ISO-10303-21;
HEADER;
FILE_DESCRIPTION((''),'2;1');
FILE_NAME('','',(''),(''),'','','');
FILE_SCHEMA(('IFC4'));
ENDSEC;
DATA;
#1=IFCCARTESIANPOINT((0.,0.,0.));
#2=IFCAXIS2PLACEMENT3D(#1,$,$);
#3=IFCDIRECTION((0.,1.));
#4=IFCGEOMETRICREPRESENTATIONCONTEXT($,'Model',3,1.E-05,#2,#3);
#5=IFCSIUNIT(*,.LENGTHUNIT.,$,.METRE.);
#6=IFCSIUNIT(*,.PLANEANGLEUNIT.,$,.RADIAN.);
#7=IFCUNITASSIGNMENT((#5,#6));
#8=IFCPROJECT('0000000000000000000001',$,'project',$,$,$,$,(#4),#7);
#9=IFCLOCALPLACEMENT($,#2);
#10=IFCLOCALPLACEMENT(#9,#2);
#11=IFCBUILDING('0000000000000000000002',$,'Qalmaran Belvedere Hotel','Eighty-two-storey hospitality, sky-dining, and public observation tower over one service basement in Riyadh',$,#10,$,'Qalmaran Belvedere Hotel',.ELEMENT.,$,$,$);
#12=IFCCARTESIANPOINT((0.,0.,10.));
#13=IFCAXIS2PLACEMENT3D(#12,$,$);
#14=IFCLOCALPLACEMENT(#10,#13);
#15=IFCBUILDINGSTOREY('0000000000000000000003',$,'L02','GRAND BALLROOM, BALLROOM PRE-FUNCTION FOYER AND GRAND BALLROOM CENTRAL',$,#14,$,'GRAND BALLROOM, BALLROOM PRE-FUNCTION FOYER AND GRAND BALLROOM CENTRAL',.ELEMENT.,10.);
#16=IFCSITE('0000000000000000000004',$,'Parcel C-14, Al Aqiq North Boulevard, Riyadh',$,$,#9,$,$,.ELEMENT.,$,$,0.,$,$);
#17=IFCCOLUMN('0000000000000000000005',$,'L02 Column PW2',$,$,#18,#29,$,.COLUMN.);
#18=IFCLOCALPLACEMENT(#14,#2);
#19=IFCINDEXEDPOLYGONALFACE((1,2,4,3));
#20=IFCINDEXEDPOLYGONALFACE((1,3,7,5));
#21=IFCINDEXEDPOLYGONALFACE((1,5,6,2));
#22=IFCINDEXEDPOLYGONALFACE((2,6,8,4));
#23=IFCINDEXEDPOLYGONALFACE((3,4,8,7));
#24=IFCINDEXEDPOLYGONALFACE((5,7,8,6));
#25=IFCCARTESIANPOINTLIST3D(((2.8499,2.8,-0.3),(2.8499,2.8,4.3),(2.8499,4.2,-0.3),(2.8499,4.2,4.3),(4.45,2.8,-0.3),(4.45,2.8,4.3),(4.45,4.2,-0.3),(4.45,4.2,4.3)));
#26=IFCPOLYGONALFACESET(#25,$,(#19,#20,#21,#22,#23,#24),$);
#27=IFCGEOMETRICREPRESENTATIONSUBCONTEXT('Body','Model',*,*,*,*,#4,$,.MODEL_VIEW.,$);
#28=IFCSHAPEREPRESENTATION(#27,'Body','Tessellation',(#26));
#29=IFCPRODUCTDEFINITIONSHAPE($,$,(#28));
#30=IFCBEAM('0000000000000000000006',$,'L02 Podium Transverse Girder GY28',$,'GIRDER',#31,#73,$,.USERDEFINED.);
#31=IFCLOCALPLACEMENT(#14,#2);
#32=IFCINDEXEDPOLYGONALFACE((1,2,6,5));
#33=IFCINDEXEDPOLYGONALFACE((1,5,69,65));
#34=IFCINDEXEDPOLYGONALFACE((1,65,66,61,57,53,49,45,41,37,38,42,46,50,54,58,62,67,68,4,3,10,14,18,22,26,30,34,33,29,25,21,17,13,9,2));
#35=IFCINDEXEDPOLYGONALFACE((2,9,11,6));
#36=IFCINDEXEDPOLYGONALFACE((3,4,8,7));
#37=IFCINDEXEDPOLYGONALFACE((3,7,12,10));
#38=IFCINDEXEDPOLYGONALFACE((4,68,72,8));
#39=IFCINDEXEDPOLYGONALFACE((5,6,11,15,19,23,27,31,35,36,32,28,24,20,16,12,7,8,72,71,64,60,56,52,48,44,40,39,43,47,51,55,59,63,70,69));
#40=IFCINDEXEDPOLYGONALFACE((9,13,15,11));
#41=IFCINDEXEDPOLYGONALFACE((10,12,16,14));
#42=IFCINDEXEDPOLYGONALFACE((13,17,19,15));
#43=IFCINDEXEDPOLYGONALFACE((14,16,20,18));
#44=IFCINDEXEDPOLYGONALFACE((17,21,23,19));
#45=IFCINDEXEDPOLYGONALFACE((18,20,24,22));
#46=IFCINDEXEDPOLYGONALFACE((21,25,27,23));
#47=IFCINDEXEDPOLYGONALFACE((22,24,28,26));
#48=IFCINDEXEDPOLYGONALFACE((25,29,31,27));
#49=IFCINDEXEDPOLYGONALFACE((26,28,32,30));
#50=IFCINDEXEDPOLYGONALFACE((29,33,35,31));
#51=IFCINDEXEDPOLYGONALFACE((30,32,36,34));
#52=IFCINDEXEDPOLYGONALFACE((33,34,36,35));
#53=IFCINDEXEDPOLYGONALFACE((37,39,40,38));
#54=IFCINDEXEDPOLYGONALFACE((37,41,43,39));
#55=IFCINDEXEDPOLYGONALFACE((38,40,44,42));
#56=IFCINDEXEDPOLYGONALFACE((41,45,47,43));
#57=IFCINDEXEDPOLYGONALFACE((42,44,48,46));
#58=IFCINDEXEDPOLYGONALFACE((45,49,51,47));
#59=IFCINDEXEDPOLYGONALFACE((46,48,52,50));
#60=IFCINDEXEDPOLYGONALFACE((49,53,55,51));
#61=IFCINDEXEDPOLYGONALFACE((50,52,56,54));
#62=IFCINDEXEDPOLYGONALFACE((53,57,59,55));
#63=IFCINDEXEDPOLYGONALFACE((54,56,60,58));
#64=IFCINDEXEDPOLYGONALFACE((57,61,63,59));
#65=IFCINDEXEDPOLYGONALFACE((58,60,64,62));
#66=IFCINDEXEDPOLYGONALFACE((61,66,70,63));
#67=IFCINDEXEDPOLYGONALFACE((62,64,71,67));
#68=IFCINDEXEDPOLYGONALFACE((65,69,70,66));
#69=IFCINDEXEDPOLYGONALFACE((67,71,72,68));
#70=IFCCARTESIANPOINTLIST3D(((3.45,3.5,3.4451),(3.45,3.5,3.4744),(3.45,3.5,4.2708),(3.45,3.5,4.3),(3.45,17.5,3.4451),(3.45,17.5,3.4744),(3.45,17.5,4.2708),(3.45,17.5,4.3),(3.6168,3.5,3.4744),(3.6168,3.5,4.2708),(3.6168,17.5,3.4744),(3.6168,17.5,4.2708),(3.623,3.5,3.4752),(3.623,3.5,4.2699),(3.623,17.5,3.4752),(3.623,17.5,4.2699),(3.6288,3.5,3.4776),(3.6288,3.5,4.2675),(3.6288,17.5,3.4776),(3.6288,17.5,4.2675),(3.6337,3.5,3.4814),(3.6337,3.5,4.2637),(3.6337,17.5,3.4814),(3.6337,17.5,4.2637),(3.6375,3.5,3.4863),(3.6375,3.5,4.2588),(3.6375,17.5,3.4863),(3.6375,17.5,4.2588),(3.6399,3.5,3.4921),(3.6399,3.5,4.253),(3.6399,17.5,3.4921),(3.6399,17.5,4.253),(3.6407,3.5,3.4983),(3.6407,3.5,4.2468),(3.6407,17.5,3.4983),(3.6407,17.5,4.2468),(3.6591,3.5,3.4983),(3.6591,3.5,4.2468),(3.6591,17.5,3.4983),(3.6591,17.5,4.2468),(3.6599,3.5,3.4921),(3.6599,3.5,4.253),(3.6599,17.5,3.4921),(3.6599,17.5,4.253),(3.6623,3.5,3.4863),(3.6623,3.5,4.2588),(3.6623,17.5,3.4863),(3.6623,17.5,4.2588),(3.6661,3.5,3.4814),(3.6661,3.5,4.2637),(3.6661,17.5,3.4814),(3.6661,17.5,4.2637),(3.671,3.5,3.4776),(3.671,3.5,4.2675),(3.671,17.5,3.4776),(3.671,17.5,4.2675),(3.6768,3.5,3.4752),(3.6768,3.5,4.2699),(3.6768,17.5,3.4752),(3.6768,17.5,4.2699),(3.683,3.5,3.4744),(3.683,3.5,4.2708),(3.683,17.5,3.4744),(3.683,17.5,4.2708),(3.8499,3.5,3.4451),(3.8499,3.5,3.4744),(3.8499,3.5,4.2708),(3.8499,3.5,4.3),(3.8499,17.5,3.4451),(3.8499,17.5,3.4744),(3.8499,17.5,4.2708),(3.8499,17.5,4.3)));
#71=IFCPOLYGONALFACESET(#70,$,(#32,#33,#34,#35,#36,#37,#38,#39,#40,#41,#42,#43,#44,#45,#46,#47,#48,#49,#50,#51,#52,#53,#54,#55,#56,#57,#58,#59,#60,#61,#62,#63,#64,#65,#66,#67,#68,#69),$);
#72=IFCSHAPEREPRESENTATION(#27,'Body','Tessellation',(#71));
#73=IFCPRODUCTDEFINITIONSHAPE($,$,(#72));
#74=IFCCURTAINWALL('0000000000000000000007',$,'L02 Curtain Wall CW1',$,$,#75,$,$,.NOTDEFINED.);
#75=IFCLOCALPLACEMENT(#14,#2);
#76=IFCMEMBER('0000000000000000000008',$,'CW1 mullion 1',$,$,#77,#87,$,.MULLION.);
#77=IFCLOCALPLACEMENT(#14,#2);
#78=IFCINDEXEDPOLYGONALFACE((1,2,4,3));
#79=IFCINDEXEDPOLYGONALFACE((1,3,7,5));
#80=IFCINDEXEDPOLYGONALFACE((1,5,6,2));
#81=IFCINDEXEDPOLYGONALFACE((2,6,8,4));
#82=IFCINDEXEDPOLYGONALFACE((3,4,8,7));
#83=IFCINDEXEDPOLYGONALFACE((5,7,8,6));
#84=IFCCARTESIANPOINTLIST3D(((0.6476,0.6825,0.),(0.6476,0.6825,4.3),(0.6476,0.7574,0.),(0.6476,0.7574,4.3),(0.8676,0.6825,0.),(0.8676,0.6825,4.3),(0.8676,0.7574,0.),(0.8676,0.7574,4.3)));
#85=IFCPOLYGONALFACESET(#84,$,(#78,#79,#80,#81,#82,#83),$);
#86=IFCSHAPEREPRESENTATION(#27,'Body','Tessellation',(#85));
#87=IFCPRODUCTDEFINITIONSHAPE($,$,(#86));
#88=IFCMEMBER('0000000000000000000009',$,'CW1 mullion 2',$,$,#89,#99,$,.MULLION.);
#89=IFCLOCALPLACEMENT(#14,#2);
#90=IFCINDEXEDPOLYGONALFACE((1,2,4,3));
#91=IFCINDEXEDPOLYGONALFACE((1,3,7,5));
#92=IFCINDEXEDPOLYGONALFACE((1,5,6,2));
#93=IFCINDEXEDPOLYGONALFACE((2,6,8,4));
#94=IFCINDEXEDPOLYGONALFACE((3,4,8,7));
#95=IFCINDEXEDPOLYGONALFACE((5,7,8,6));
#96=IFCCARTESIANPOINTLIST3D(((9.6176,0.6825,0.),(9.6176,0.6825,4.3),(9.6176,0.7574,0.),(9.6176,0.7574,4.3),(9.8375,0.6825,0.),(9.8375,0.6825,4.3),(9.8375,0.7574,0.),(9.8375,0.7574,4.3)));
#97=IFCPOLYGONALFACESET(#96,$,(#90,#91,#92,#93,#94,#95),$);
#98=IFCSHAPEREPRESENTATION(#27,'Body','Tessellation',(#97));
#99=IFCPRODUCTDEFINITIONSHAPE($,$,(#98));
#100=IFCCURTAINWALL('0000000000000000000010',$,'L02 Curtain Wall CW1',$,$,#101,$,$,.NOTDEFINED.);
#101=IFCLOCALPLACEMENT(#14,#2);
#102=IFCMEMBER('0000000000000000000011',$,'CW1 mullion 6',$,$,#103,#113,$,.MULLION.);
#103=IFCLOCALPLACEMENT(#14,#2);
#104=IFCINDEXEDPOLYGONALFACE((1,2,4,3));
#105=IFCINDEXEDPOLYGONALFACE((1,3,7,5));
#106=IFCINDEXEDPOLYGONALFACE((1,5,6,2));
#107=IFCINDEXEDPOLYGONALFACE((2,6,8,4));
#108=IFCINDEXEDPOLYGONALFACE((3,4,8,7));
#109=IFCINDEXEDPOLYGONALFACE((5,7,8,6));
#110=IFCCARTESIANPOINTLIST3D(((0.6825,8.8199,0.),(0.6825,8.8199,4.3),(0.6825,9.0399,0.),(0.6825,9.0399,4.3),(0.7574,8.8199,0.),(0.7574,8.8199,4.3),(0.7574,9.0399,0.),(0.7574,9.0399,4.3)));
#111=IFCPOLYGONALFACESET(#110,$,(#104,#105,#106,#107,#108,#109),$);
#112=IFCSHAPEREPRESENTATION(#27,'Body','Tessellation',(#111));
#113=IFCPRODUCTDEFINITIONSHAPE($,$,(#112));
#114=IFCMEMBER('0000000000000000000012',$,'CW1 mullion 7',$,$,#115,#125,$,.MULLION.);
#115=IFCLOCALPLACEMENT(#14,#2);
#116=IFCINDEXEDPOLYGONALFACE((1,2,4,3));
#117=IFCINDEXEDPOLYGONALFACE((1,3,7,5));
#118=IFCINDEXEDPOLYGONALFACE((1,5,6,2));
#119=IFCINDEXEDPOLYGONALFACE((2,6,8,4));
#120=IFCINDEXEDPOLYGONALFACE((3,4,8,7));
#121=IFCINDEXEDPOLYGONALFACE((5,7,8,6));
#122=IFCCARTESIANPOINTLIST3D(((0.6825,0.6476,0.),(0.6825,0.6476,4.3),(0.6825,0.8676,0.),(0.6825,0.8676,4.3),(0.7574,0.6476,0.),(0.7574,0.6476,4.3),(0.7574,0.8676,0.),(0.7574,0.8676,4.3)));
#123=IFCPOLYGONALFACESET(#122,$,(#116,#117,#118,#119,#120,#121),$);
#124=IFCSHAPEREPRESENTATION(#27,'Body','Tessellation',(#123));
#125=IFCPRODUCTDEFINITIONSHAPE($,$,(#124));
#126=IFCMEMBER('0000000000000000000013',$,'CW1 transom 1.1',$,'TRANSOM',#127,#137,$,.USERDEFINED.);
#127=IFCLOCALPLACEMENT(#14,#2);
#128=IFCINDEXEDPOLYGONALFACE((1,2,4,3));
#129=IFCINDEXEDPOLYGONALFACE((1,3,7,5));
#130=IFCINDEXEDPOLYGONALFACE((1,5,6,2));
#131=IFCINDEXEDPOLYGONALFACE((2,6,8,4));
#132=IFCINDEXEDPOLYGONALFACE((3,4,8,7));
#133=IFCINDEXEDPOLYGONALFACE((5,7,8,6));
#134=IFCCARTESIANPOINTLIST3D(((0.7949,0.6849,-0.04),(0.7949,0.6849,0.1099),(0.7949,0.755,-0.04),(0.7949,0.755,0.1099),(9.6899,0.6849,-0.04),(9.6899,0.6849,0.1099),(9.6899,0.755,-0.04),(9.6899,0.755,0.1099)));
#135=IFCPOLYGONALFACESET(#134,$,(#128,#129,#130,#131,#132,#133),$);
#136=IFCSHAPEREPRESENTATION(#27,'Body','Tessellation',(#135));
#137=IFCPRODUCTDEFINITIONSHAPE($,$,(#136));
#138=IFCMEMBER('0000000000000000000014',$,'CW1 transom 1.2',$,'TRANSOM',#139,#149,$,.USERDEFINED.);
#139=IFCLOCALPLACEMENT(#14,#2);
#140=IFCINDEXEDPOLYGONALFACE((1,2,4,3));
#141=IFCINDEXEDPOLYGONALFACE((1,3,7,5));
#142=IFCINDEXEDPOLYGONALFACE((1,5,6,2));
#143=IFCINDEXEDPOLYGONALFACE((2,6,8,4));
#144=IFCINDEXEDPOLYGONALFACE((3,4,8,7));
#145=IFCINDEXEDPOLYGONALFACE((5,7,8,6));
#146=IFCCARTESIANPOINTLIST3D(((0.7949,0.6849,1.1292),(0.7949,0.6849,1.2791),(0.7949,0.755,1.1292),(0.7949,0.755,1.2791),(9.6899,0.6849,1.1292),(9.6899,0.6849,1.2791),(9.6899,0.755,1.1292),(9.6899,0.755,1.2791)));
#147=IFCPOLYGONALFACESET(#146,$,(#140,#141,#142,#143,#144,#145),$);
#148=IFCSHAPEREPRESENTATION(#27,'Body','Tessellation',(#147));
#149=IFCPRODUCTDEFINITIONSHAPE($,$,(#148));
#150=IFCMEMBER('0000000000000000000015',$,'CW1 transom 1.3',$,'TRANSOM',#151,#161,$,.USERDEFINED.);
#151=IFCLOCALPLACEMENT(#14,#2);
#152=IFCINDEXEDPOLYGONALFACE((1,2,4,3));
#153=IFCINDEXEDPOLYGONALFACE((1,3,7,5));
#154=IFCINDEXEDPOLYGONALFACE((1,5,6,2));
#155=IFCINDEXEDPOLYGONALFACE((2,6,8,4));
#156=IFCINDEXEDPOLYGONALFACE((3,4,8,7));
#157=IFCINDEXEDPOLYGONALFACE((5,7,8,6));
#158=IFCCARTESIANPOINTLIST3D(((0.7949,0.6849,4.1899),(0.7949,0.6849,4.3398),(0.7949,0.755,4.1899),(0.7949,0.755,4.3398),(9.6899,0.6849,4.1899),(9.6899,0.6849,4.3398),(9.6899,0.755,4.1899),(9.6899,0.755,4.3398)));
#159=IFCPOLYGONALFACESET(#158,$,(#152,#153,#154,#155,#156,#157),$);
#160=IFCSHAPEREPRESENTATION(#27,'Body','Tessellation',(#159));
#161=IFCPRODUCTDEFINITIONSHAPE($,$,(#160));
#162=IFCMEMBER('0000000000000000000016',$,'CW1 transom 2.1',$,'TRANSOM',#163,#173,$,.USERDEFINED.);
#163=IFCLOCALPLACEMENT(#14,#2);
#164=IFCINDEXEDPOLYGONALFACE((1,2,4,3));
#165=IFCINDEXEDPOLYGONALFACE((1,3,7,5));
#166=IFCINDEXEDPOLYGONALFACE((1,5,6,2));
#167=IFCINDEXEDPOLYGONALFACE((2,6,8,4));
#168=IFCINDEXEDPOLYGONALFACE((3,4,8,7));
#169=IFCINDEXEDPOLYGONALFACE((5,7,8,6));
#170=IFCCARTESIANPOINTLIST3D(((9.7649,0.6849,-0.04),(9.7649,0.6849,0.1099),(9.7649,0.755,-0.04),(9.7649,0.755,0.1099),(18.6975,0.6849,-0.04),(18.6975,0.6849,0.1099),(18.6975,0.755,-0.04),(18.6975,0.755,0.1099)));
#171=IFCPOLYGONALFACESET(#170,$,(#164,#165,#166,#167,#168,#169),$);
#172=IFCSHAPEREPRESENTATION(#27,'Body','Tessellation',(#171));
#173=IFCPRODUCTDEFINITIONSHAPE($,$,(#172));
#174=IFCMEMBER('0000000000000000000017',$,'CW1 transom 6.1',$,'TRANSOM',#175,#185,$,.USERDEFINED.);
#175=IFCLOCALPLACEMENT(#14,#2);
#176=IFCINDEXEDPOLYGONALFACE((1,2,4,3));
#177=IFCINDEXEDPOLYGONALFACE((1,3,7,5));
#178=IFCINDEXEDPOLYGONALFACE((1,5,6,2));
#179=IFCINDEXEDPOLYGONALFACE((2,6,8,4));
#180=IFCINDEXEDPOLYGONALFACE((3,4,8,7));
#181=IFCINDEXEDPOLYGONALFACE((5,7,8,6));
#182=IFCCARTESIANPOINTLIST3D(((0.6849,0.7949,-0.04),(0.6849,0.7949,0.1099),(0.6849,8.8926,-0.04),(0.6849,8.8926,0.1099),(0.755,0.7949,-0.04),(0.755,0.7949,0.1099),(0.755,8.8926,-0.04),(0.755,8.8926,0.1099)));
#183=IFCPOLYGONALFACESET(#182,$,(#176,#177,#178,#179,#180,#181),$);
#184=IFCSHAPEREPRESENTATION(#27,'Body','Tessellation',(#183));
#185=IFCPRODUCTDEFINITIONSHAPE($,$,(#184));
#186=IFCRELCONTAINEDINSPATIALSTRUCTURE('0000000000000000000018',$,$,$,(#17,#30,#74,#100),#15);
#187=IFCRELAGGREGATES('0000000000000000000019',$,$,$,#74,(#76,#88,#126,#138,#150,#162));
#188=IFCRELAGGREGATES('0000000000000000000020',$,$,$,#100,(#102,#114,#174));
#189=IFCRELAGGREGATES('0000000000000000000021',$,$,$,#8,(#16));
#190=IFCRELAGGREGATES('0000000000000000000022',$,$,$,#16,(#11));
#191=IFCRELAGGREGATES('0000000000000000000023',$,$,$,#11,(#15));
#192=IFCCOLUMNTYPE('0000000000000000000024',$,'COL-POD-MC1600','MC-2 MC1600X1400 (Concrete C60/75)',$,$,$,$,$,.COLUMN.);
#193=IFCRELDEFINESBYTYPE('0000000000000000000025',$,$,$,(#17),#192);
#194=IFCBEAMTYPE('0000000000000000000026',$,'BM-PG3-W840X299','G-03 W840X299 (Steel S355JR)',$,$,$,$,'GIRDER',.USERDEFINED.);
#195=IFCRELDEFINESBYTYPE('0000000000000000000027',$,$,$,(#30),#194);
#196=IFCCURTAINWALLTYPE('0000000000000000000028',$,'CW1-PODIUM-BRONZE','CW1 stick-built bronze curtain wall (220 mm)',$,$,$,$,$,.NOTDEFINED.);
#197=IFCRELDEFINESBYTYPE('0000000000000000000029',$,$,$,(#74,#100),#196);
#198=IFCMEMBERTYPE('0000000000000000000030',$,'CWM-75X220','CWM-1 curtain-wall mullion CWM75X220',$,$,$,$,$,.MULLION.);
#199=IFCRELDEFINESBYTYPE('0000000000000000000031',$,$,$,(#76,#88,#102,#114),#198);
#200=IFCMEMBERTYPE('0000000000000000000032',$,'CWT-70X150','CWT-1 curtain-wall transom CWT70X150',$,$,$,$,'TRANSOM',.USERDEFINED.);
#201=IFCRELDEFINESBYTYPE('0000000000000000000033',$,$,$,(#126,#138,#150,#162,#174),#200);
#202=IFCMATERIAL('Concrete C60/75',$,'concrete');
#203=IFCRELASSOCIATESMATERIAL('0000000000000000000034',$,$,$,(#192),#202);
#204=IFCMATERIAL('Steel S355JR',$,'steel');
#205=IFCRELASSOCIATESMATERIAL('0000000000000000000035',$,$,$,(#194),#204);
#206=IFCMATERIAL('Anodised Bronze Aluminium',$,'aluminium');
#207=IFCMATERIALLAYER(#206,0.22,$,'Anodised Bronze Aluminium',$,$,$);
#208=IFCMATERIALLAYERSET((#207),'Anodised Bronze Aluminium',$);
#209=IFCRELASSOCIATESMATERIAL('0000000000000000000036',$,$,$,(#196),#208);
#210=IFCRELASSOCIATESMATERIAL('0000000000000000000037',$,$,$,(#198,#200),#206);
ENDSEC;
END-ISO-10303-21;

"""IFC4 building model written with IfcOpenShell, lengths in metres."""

from ifc_helpers import new_model, si_unit, direction, frame, origin, origin_2d, place, context, subcontext, project, spatial, rectangle, i_section, extrude, material, layer, layer_set, material_profile, profile_set, type_object, element, aggregate, save


model = new_model("IFC4")

# Units and contexts
model_context = context("Model", 3, precision=1e-05, world=origin(), true_north=direction((0.0, 1.0)))
body_context = subcontext(model_context, "Body", "Model", "MODEL_VIEW")
ifc_project = project(units=[si_unit("LENGTHUNIT", "METRE"), si_unit("PLANEANGLEUNIT", "RADIAN")], contexts=[model_context])

# Site, building, storey
site_placement = place(None, origin())
site = spatial("IfcSite", under=ifc_project, at=site_placement, Name="Parcel C-14, Al Aqiq North Boulevard, Riyadh", CompositionType="ELEMENT", RefElevation=0.0)
building_placement = place(site_placement, origin())
building = spatial("IfcBuilding", under=site, at=building_placement, Name="Qalmaran Belvedere Hotel", Description="Eighty-two-storey hospitality, sky-dining, and public observation tower over one service basement in Riyadh", LongName="Qalmaran Belvedere Hotel", CompositionType="ELEMENT")
storey_placement = place(building_placement, frame((0.0, 0.0, 10.0)))
storey = spatial("IfcBuildingStorey", under=building, at=storey_placement, Name="L02", Description="GRAND BALLROOM, BALLROOM PRE-FUNCTION FOYER AND GRAND BALLROOM CENTRAL", LongName="GRAND BALLROOM, BALLROOM PRE-FUNCTION FOYER AND GRAND BALLROOM CENTRAL", CompositionType="ELEMENT", Elevation=10.0)

# Column
ifc_material_1 = material(Name="Concrete C60/75", Category="concrete")
ifc_material_profile_1 = material_profile(ifc_material_1, rectangle(XDim=1.6001, YDim=1.3999, at=origin_2d()), Name="MC1600X1400")
ifc_profile_set_1 = profile_set([ifc_material_profile_1], Name="Concrete C60/75")
column_type = type_object("IfcColumnType", Name="COL-POD-MC1600", Description="MC-2 MC1600X1400 (Concrete C60/75)", PredefinedType="COLUMN", material=ifc_profile_set_1)
column_placement = place(storey_placement, frame((3.6499, 3.5, -0.3), z_axis=(0.0, 0.0, 1.0), x_axis=(1.0, 0.0, 0.0)))
element("IfcColumn", 1, at=column_placement, inside=storey, type_object=column_type, Name="L02 Column PW2", PredefinedType="COLUMN", context=body_context, shape_type="SweptSolid", body=[
    extrude(rectangle(XDim=1.6001, YDim=1.3999, at=origin_2d()), origin(), (0.0, 0.0, 1.0), 4.6001),
])

# Beam
ifc_material_2 = material(Name="Steel S355JR", Category="steel")
ifc_material_profile_2 = material_profile(ifc_material_2, i_section(OverallWidth=0.3999, OverallDepth=0.855, WebThickness=0.0183, FlangeThickness=0.0293, FilletRadius=0.0239, at=origin_2d()), Name="W840X299")
ifc_profile_set_2 = profile_set([ifc_material_profile_2], Name="Steel S355JR")
beam_type = type_object("IfcBeamType", Name="BM-PG3-W840X299", Description="G-03 W840X299 (Steel S355JR)", ElementType="GIRDER", PredefinedType="USERDEFINED", material=ifc_profile_set_2)
beam_placement = place(storey_placement, frame((3.6499, 3.5, 3.8726), z_axis=(0.0, 1.0, 0.0), x_axis=(-1.0, 0.0, 0.0)))
element("IfcBeam", 2, at=beam_placement, inside=storey, type_object=beam_type, Name="L02 Podium Transverse Girder GY28", ObjectType="GIRDER", PredefinedType="USERDEFINED", context=body_context, shape_type="SweptSolid", body=[
    extrude(i_section(OverallWidth=0.3999, OverallDepth=0.855, WebThickness=0.0183, FlangeThickness=0.0293, FilletRadius=0.0239, at=origin_2d()), origin(), (0.0, 0.0, 1.0), 14.0),
])

# Curtain walls, members
ifc_material_3 = material(Name="Anodised Bronze Aluminium", Category="aluminium")
ifc_layer_1 = layer(ifc_material_3, 0.22, Name="Anodised Bronze Aluminium")
ifc_layer_set_1 = layer_set([ifc_layer_1], Name="Anodised Bronze Aluminium")
curtain_wall_type = type_object("IfcCurtainWallType", Name="CW1-PODIUM-BRONZE", Description="CW1 stick-built bronze curtain wall (220 mm)", PredefinedType="NOTDEFINED", material=ifc_layer_set_1)
curtain_wall_1_placement = place(storey_placement, origin())
curtain_wall_1 = element("IfcCurtainWall", 3, at=curtain_wall_1_placement, inside=storey, type_object=curtain_wall_type, Name="L02 Curtain Wall CW1", PredefinedType="NOTDEFINED")
ifc_material_profile_3 = material_profile(ifc_material_3, rectangle(XDim=0.075, YDim=0.22, at=origin_2d()), Name="CWM75X220")
ifc_profile_set_3 = profile_set([ifc_material_profile_3], Name="Anodised Bronze Aluminium")
member_type_1 = type_object("IfcMemberType", Name="CWM-75X220", Description="CWM-1 curtain-wall mullion CWM75X220", PredefinedType="MULLION", material=ifc_profile_set_3)
member_1_placement = place(storey_placement, frame((0.7576, 0.72, 0.0), z_axis=(0.0, 0.0, 1.0), x_axis=(0.0, 1.0, 0.0)))
member_1 = element("IfcMember", 4, at=member_1_placement, type_object=member_type_1, Name="CW1 mullion 1", PredefinedType="MULLION", context=body_context, shape_type="SweptSolid", body=[
    extrude(rectangle(XDim=0.075, YDim=0.22, at=origin_2d()), origin(), (0.0, 0.0, 1.0), 4.3),
])
member_2_placement = place(storey_placement, frame((9.7275, 0.72, 0.0), z_axis=(0.0, 0.0, 1.0), x_axis=(0.0, 1.0, 0.0)))
member_2 = element("IfcMember", 5, at=member_2_placement, type_object=member_type_1, Name="CW1 mullion 2", PredefinedType="MULLION", context=body_context, shape_type="SweptSolid", body=[
    extrude(rectangle(XDim=0.075, YDim=0.22, at=origin_2d()), origin(), (0.0, 0.0, 1.0), 4.3),
])
curtain_wall_2_placement = place(storey_placement, origin())
curtain_wall_2 = element("IfcCurtainWall", 6, at=curtain_wall_2_placement, inside=storey, type_object=curtain_wall_type, Name="L02 Curtain Wall CW1", PredefinedType="NOTDEFINED")
member_3_placement = place(storey_placement, frame((0.72, 8.9299, 0.0), z_axis=(0.0, 0.0, 1.0), x_axis=(1.0, 0.0, 0.0)))
member_3 = element("IfcMember", 7, at=member_3_placement, type_object=member_type_1, Name="CW1 mullion 6", PredefinedType="MULLION", context=body_context, shape_type="SweptSolid", body=[
    extrude(rectangle(XDim=0.075, YDim=0.22, at=origin_2d()), origin(), (0.0, 0.0, 1.0), 4.3),
])
member_4_placement = place(storey_placement, frame((0.72, 0.7576, 0.0), z_axis=(0.0, 0.0, 1.0), x_axis=(1.0, 0.0, 0.0)))
member_4 = element("IfcMember", 8, at=member_4_placement, type_object=member_type_1, Name="CW1 mullion 7", PredefinedType="MULLION", context=body_context, shape_type="SweptSolid", body=[
    extrude(rectangle(XDim=0.075, YDim=0.22, at=origin_2d()), origin(), (0.0, 0.0, 1.0), 4.3),
])

# Members
ifc_material_profile_4 = material_profile(ifc_material_3, rectangle(XDim=0.0701, YDim=0.1499, at=origin_2d()), Name="CWT70X150")
ifc_profile_set_4 = profile_set([ifc_material_profile_4], Name="Anodised Bronze Aluminium")
member_type_2 = type_object("IfcMemberType", Name="CWT-70X150", Description="CWT-1 curtain-wall transom CWT70X150", ElementType="TRANSOM", PredefinedType="USERDEFINED", material=ifc_profile_set_4)
member_5_placement = place(storey_placement, frame((0.7949, 0.72, 0.0349), z_axis=(1.0, 0.0, 0.0), x_axis=(0.0, 1.0, 0.0)))
member_5 = element("IfcMember", 9, at=member_5_placement, type_object=member_type_2, Name="CW1 transom 1.1", ObjectType="TRANSOM", PredefinedType="USERDEFINED", context=body_context, shape_type="SweptSolid", body=[
    extrude(rectangle(XDim=0.0701, YDim=0.1499, at=origin_2d()), origin(), (0.0, 0.0, 1.0), 8.895),
])
member_6_placement = place(storey_placement, frame((0.7949, 0.72, 1.2041), z_axis=(1.0, 0.0, 0.0), x_axis=(0.0, 1.0, 0.0)))
member_6 = element("IfcMember", 10, at=member_6_placement, type_object=member_type_2, Name="CW1 transom 1.2", ObjectType="TRANSOM", PredefinedType="USERDEFINED", context=body_context, shape_type="SweptSolid", body=[
    extrude(rectangle(XDim=0.0701, YDim=0.1499, at=origin_2d()), origin(), (0.0, 0.0, 1.0), 8.895),
])
member_7_placement = place(storey_placement, frame((0.7949, 0.72, 4.2649), z_axis=(1.0, 0.0, 0.0), x_axis=(0.0, 1.0, 0.0)))
member_7 = element("IfcMember", 11, at=member_7_placement, type_object=member_type_2, Name="CW1 transom 1.3", ObjectType="TRANSOM", PredefinedType="USERDEFINED", context=body_context, shape_type="SweptSolid", body=[
    extrude(rectangle(XDim=0.0701, YDim=0.1499, at=origin_2d()), origin(), (0.0, 0.0, 1.0), 8.895),
])
member_8_placement = place(storey_placement, frame((9.7649, 0.72, 0.0349), z_axis=(1.0, 0.0, 0.0), x_axis=(0.0, 1.0, 0.0)))
member_8 = element("IfcMember", 12, at=member_8_placement, type_object=member_type_2, Name="CW1 transom 2.1", ObjectType="TRANSOM", PredefinedType="USERDEFINED", context=body_context, shape_type="SweptSolid", body=[
    extrude(rectangle(XDim=0.0701, YDim=0.1499, at=origin_2d()), origin(), (0.0, 0.0, 1.0), 8.9326),
])
member_9_placement = place(storey_placement, frame((0.72, 8.8926, 0.0349), z_axis=(0.0, -1.0, 0.0), x_axis=(1.0, 0.0, 0.0)))
member_9 = element("IfcMember", 13, at=member_9_placement, type_object=member_type_2, Name="CW1 transom 6.1", ObjectType="TRANSOM", PredefinedType="USERDEFINED", context=body_context, shape_type="SweptSolid", body=[
    extrude(rectangle(XDim=0.0701, YDim=0.1499, at=origin_2d()), origin(), (0.0, 0.0, 1.0), 8.0977),
])

aggregate(curtain_wall_1, [member_1, member_2, member_5, member_6, member_7, member_8])
aggregate(curtain_wall_2, [member_3, member_4, member_9])

save(model, "model.ifc")
